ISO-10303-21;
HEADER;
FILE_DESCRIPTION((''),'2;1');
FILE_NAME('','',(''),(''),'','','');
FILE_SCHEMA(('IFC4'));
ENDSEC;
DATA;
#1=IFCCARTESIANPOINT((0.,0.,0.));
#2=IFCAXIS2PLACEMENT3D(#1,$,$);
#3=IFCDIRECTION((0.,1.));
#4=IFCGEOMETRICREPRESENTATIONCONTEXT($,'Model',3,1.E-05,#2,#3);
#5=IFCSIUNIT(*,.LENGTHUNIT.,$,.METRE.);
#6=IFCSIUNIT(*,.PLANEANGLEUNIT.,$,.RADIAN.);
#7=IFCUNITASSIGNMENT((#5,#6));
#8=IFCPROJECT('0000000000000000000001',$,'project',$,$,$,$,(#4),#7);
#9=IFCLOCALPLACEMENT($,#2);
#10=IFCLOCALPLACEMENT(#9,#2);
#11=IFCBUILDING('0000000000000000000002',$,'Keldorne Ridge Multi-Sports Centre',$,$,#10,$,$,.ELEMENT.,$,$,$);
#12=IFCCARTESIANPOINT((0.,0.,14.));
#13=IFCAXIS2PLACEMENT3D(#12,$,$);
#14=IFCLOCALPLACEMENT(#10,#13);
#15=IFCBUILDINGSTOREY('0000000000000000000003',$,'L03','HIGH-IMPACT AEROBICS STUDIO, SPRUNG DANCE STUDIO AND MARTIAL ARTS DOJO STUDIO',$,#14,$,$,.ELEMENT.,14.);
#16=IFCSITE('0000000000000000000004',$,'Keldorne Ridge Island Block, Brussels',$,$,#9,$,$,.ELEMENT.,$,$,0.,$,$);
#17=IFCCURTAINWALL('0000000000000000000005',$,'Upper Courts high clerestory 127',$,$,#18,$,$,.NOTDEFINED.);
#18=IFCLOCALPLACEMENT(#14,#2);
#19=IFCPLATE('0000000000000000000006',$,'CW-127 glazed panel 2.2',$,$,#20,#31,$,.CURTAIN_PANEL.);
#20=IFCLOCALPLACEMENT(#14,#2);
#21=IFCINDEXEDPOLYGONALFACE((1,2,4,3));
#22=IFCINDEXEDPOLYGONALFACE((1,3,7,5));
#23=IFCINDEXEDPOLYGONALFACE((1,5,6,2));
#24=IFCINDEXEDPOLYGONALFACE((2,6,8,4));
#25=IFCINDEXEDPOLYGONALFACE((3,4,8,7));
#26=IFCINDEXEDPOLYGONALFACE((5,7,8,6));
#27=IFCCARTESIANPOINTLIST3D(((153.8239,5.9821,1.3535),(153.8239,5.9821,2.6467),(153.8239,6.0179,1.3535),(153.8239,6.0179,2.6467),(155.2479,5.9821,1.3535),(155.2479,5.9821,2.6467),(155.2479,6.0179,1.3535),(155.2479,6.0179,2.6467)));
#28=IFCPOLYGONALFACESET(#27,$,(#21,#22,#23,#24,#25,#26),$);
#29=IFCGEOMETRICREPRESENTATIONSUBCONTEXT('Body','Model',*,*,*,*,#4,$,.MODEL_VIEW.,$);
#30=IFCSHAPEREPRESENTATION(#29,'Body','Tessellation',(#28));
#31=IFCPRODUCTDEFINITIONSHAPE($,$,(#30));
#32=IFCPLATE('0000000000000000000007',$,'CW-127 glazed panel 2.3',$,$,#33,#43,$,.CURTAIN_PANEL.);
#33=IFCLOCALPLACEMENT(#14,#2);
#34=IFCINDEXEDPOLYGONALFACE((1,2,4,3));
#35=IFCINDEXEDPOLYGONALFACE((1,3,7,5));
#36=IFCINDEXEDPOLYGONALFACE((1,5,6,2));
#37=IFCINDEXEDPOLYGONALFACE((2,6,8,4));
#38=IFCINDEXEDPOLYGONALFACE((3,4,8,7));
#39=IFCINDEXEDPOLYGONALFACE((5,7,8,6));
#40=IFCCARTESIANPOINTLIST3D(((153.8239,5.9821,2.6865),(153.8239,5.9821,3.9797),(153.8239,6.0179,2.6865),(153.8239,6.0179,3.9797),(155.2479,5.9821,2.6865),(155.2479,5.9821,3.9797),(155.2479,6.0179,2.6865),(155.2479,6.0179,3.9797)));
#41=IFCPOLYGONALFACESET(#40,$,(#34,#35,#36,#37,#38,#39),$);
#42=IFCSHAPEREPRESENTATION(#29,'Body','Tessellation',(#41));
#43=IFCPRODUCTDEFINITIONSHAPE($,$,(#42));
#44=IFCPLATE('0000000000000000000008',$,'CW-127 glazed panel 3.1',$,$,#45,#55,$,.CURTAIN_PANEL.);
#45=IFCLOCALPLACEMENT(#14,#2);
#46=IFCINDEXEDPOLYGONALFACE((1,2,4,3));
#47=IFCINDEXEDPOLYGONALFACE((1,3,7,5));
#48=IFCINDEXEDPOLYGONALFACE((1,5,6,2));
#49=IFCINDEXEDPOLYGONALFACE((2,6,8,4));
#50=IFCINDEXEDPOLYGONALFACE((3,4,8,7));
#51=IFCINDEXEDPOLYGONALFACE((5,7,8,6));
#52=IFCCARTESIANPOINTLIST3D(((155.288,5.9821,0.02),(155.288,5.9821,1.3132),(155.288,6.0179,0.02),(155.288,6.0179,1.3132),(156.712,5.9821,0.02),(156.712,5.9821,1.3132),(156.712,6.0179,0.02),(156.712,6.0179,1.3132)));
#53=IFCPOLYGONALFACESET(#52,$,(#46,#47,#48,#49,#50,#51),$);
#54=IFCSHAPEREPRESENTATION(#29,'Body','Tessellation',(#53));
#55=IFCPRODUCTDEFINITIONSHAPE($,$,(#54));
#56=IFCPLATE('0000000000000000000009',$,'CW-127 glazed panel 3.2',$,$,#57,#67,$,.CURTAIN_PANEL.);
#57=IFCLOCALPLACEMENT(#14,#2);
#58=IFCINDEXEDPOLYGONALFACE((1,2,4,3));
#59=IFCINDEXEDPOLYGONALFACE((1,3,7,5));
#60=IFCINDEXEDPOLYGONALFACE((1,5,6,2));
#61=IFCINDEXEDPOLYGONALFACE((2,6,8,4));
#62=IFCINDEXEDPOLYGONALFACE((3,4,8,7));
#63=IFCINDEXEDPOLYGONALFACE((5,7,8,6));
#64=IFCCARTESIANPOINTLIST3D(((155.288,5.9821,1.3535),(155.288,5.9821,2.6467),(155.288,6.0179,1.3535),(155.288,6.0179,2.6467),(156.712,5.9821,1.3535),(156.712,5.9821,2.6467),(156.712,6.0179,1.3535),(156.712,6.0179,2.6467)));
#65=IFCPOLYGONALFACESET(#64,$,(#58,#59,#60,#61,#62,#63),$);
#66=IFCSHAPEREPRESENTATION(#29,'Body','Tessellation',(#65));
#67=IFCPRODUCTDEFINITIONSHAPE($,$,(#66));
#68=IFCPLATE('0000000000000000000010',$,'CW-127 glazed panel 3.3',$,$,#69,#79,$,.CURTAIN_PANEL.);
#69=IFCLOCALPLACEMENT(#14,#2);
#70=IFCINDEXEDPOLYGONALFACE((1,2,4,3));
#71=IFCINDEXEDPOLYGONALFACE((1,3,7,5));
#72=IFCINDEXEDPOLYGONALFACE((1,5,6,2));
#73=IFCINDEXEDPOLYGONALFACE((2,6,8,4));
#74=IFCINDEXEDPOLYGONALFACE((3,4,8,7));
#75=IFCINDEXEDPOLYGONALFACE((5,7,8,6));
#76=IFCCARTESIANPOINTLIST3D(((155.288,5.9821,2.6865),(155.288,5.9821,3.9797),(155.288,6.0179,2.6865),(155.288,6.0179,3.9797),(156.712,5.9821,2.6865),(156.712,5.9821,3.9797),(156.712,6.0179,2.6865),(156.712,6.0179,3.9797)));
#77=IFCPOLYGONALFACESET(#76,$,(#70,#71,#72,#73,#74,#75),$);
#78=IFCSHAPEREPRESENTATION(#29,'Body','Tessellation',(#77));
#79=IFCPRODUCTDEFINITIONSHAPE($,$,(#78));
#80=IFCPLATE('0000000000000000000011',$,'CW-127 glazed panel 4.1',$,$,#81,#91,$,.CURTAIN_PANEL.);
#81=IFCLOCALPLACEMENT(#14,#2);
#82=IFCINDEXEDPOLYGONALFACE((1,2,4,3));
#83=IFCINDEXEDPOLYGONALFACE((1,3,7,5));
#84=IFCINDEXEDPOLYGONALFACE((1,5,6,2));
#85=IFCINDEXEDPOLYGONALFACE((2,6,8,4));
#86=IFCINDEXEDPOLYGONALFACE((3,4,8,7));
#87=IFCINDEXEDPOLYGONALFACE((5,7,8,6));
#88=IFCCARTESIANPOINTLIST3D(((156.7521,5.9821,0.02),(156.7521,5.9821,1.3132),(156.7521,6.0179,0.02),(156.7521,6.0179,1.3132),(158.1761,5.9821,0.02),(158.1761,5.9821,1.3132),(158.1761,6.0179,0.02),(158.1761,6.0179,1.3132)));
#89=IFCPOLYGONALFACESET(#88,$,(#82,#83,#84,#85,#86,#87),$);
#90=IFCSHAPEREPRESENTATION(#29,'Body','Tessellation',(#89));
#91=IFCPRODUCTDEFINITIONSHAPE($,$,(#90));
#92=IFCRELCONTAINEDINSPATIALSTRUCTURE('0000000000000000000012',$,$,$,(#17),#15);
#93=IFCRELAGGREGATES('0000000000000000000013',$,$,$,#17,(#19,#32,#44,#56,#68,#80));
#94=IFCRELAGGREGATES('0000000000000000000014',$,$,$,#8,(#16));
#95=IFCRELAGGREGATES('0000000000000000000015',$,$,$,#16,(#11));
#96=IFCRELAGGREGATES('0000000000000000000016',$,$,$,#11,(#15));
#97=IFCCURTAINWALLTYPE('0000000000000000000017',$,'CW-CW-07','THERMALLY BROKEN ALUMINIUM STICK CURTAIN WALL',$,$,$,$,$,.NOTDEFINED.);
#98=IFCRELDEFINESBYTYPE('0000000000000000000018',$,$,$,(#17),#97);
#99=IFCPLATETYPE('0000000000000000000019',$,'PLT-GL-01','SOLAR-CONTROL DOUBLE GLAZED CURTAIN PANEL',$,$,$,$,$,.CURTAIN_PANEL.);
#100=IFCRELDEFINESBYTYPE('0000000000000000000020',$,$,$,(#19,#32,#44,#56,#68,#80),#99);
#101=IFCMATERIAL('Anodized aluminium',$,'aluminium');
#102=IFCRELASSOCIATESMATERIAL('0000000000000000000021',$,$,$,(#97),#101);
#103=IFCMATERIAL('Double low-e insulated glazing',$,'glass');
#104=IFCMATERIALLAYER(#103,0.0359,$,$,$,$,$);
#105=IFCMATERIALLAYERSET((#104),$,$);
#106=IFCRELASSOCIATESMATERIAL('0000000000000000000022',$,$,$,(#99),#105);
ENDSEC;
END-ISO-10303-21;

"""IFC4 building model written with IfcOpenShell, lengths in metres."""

from ifc_helpers import new_model, si_unit, direction, frame, origin, origin_2d, place, context, subcontext, project, spatial, rectangle, extrude, material, layer, layer_set, type_object, element, aggregate, save


model = new_model("IFC4")

# Units and contexts
model_context = context("Model", 3, precision=1e-05, world=origin(), true_north=direction((0.0, 1.0)))
body_context = subcontext(model_context, "Body", "Model", "MODEL_VIEW")
ifc_project = project(units=[si_unit("LENGTHUNIT", "METRE"), si_unit("PLANEANGLEUNIT", "RADIAN")], contexts=[model_context])

# Site, building, storey
site_placement = place(None, origin())
site = spatial("IfcSite", under=ifc_project, at=site_placement, Name="Keldorne Ridge Island Block, Brussels", CompositionType="ELEMENT", RefElevation=0.0)
building_placement = place(site_placement, origin())
building = spatial("IfcBuilding", under=site, at=building_placement, Name="Keldorne Ridge Multi-Sports Centre", CompositionType="ELEMENT")
storey_placement = place(building_placement, frame((0.0, 0.0, 14.0)))
storey = spatial("IfcBuildingStorey", under=building, at=storey_placement, Name="L03", Description="HIGH-IMPACT AEROBICS STUDIO, SPRUNG DANCE STUDIO AND MARTIAL ARTS DOJO STUDIO", CompositionType="ELEMENT", Elevation=14.0)

# Curtain wall, plates
ifc_material_1 = material(Name="Anodized aluminium", Category="aluminium")
curtain_wall_type = type_object("IfcCurtainWallType", Name="CW-CW-07", Description="THERMALLY BROKEN ALUMINIUM STICK CURTAIN WALL", PredefinedType="NOTDEFINED", material=ifc_material_1)
curtain_wall_placement = place(storey_placement, origin())
curtain_wall = element("IfcCurtainWall", 1, at=curtain_wall_placement, inside=storey, type_object=curtain_wall_type, Name="Upper Courts high clerestory 127", PredefinedType="NOTDEFINED")
ifc_material_2 = material(Name="Double low-e insulated glazing", Category="glass")
ifc_layer = layer(ifc_material_2, 0.0359)
ifc_layer_set = layer_set([ifc_layer])
plate_type = type_object("IfcPlateType", Name="PLT-GL-01", Description="SOLAR-CONTROL DOUBLE GLAZED CURTAIN PANEL", PredefinedType="CURTAIN_PANEL", material=ifc_layer_set)
plate_1_placement = place(storey_placement, frame((154.5359, 6.0, 1.3535), z_axis=(0.0, 0.0, 1.0), x_axis=(1.0, 0.0, 0.0)))
plate_1 = element("IfcPlate", 2, at=plate_1_placement, type_object=plate_type, Name="CW-127 glazed panel 2.2", PredefinedType="CURTAIN_PANEL", context=body_context, shape_type="SweptSolid", body=[
    extrude(rectangle(XDim=1.4241, YDim=0.0359, at=origin_2d()), origin(), (0.0, 0.0, 1.0), 1.2932),
])
plate_2_placement = place(storey_placement, frame((154.5359, 6.0, 2.6865), z_axis=(0.0, 0.0, 1.0), x_axis=(1.0, 0.0, 0.0)))
plate_2 = element("IfcPlate", 3, at=plate_2_placement, type_object=plate_type, Name="CW-127 glazed panel 2.3", PredefinedType="CURTAIN_PANEL", context=body_context, shape_type="SweptSolid", body=[
    extrude(rectangle(XDim=1.4241, YDim=0.0359, at=origin_2d()), origin(), (0.0, 0.0, 1.0), 1.2932),
])
plate_3_placement = place(storey_placement, frame((156.0, 6.0, 0.02), z_axis=(0.0, 0.0, 1.0), x_axis=(1.0, 0.0, 0.0)))
plate_3 = element("IfcPlate", 4, at=plate_3_placement, type_object=plate_type, Name="CW-127 glazed panel 3.1", PredefinedType="CURTAIN_PANEL", context=body_context, shape_type="SweptSolid", body=[
    extrude(rectangle(XDim=1.4241, YDim=0.0359, at=origin_2d()), origin(), (0.0, 0.0, 1.0), 1.2932),
])
plate_4_placement = place(storey_placement, frame((156.0, 6.0, 1.3535), z_axis=(0.0, 0.0, 1.0), x_axis=(1.0, 0.0, 0.0)))
plate_4 = element("IfcPlate", 5, at=plate_4_placement, type_object=plate_type, Name="CW-127 glazed panel 3.2", PredefinedType="CURTAIN_PANEL", context=body_context, shape_type="SweptSolid", body=[
    extrude(rectangle(XDim=1.4241, YDim=0.0359, at=origin_2d()), origin(), (0.0, 0.0, 1.0), 1.2932),
])
plate_5_placement = place(storey_placement, frame((156.0, 6.0, 2.6865), z_axis=(0.0, 0.0, 1.0), x_axis=(1.0, 0.0, 0.0)))
plate_5 = element("IfcPlate", 6, at=plate_5_placement, type_object=plate_type, Name="CW-127 glazed panel 3.3", PredefinedType="CURTAIN_PANEL", context=body_context, shape_type="SweptSolid", body=[
    extrude(rectangle(XDim=1.4241, YDim=0.0359, at=origin_2d()), origin(), (0.0, 0.0, 1.0), 1.2932),
])
plate_6_placement = place(storey_placement, frame((157.4641, 6.0, 0.02), z_axis=(0.0, 0.0, 1.0), x_axis=(1.0, 0.0, 0.0)))
plate_6 = element("IfcPlate", 7, at=plate_6_placement, type_object=plate_type, Name="CW-127 glazed panel 4.1", PredefinedType="CURTAIN_PANEL", context=body_context, shape_type="SweptSolid", body=[
    extrude(rectangle(XDim=1.4241, YDim=0.0359, at=origin_2d()), origin(), (0.0, 0.0, 1.0), 1.2932),
])
aggregate(curtain_wall, [plate_1, plate_2, plate_3, plate_4, plate_5, plate_6])

save(model, "model.ifc")
